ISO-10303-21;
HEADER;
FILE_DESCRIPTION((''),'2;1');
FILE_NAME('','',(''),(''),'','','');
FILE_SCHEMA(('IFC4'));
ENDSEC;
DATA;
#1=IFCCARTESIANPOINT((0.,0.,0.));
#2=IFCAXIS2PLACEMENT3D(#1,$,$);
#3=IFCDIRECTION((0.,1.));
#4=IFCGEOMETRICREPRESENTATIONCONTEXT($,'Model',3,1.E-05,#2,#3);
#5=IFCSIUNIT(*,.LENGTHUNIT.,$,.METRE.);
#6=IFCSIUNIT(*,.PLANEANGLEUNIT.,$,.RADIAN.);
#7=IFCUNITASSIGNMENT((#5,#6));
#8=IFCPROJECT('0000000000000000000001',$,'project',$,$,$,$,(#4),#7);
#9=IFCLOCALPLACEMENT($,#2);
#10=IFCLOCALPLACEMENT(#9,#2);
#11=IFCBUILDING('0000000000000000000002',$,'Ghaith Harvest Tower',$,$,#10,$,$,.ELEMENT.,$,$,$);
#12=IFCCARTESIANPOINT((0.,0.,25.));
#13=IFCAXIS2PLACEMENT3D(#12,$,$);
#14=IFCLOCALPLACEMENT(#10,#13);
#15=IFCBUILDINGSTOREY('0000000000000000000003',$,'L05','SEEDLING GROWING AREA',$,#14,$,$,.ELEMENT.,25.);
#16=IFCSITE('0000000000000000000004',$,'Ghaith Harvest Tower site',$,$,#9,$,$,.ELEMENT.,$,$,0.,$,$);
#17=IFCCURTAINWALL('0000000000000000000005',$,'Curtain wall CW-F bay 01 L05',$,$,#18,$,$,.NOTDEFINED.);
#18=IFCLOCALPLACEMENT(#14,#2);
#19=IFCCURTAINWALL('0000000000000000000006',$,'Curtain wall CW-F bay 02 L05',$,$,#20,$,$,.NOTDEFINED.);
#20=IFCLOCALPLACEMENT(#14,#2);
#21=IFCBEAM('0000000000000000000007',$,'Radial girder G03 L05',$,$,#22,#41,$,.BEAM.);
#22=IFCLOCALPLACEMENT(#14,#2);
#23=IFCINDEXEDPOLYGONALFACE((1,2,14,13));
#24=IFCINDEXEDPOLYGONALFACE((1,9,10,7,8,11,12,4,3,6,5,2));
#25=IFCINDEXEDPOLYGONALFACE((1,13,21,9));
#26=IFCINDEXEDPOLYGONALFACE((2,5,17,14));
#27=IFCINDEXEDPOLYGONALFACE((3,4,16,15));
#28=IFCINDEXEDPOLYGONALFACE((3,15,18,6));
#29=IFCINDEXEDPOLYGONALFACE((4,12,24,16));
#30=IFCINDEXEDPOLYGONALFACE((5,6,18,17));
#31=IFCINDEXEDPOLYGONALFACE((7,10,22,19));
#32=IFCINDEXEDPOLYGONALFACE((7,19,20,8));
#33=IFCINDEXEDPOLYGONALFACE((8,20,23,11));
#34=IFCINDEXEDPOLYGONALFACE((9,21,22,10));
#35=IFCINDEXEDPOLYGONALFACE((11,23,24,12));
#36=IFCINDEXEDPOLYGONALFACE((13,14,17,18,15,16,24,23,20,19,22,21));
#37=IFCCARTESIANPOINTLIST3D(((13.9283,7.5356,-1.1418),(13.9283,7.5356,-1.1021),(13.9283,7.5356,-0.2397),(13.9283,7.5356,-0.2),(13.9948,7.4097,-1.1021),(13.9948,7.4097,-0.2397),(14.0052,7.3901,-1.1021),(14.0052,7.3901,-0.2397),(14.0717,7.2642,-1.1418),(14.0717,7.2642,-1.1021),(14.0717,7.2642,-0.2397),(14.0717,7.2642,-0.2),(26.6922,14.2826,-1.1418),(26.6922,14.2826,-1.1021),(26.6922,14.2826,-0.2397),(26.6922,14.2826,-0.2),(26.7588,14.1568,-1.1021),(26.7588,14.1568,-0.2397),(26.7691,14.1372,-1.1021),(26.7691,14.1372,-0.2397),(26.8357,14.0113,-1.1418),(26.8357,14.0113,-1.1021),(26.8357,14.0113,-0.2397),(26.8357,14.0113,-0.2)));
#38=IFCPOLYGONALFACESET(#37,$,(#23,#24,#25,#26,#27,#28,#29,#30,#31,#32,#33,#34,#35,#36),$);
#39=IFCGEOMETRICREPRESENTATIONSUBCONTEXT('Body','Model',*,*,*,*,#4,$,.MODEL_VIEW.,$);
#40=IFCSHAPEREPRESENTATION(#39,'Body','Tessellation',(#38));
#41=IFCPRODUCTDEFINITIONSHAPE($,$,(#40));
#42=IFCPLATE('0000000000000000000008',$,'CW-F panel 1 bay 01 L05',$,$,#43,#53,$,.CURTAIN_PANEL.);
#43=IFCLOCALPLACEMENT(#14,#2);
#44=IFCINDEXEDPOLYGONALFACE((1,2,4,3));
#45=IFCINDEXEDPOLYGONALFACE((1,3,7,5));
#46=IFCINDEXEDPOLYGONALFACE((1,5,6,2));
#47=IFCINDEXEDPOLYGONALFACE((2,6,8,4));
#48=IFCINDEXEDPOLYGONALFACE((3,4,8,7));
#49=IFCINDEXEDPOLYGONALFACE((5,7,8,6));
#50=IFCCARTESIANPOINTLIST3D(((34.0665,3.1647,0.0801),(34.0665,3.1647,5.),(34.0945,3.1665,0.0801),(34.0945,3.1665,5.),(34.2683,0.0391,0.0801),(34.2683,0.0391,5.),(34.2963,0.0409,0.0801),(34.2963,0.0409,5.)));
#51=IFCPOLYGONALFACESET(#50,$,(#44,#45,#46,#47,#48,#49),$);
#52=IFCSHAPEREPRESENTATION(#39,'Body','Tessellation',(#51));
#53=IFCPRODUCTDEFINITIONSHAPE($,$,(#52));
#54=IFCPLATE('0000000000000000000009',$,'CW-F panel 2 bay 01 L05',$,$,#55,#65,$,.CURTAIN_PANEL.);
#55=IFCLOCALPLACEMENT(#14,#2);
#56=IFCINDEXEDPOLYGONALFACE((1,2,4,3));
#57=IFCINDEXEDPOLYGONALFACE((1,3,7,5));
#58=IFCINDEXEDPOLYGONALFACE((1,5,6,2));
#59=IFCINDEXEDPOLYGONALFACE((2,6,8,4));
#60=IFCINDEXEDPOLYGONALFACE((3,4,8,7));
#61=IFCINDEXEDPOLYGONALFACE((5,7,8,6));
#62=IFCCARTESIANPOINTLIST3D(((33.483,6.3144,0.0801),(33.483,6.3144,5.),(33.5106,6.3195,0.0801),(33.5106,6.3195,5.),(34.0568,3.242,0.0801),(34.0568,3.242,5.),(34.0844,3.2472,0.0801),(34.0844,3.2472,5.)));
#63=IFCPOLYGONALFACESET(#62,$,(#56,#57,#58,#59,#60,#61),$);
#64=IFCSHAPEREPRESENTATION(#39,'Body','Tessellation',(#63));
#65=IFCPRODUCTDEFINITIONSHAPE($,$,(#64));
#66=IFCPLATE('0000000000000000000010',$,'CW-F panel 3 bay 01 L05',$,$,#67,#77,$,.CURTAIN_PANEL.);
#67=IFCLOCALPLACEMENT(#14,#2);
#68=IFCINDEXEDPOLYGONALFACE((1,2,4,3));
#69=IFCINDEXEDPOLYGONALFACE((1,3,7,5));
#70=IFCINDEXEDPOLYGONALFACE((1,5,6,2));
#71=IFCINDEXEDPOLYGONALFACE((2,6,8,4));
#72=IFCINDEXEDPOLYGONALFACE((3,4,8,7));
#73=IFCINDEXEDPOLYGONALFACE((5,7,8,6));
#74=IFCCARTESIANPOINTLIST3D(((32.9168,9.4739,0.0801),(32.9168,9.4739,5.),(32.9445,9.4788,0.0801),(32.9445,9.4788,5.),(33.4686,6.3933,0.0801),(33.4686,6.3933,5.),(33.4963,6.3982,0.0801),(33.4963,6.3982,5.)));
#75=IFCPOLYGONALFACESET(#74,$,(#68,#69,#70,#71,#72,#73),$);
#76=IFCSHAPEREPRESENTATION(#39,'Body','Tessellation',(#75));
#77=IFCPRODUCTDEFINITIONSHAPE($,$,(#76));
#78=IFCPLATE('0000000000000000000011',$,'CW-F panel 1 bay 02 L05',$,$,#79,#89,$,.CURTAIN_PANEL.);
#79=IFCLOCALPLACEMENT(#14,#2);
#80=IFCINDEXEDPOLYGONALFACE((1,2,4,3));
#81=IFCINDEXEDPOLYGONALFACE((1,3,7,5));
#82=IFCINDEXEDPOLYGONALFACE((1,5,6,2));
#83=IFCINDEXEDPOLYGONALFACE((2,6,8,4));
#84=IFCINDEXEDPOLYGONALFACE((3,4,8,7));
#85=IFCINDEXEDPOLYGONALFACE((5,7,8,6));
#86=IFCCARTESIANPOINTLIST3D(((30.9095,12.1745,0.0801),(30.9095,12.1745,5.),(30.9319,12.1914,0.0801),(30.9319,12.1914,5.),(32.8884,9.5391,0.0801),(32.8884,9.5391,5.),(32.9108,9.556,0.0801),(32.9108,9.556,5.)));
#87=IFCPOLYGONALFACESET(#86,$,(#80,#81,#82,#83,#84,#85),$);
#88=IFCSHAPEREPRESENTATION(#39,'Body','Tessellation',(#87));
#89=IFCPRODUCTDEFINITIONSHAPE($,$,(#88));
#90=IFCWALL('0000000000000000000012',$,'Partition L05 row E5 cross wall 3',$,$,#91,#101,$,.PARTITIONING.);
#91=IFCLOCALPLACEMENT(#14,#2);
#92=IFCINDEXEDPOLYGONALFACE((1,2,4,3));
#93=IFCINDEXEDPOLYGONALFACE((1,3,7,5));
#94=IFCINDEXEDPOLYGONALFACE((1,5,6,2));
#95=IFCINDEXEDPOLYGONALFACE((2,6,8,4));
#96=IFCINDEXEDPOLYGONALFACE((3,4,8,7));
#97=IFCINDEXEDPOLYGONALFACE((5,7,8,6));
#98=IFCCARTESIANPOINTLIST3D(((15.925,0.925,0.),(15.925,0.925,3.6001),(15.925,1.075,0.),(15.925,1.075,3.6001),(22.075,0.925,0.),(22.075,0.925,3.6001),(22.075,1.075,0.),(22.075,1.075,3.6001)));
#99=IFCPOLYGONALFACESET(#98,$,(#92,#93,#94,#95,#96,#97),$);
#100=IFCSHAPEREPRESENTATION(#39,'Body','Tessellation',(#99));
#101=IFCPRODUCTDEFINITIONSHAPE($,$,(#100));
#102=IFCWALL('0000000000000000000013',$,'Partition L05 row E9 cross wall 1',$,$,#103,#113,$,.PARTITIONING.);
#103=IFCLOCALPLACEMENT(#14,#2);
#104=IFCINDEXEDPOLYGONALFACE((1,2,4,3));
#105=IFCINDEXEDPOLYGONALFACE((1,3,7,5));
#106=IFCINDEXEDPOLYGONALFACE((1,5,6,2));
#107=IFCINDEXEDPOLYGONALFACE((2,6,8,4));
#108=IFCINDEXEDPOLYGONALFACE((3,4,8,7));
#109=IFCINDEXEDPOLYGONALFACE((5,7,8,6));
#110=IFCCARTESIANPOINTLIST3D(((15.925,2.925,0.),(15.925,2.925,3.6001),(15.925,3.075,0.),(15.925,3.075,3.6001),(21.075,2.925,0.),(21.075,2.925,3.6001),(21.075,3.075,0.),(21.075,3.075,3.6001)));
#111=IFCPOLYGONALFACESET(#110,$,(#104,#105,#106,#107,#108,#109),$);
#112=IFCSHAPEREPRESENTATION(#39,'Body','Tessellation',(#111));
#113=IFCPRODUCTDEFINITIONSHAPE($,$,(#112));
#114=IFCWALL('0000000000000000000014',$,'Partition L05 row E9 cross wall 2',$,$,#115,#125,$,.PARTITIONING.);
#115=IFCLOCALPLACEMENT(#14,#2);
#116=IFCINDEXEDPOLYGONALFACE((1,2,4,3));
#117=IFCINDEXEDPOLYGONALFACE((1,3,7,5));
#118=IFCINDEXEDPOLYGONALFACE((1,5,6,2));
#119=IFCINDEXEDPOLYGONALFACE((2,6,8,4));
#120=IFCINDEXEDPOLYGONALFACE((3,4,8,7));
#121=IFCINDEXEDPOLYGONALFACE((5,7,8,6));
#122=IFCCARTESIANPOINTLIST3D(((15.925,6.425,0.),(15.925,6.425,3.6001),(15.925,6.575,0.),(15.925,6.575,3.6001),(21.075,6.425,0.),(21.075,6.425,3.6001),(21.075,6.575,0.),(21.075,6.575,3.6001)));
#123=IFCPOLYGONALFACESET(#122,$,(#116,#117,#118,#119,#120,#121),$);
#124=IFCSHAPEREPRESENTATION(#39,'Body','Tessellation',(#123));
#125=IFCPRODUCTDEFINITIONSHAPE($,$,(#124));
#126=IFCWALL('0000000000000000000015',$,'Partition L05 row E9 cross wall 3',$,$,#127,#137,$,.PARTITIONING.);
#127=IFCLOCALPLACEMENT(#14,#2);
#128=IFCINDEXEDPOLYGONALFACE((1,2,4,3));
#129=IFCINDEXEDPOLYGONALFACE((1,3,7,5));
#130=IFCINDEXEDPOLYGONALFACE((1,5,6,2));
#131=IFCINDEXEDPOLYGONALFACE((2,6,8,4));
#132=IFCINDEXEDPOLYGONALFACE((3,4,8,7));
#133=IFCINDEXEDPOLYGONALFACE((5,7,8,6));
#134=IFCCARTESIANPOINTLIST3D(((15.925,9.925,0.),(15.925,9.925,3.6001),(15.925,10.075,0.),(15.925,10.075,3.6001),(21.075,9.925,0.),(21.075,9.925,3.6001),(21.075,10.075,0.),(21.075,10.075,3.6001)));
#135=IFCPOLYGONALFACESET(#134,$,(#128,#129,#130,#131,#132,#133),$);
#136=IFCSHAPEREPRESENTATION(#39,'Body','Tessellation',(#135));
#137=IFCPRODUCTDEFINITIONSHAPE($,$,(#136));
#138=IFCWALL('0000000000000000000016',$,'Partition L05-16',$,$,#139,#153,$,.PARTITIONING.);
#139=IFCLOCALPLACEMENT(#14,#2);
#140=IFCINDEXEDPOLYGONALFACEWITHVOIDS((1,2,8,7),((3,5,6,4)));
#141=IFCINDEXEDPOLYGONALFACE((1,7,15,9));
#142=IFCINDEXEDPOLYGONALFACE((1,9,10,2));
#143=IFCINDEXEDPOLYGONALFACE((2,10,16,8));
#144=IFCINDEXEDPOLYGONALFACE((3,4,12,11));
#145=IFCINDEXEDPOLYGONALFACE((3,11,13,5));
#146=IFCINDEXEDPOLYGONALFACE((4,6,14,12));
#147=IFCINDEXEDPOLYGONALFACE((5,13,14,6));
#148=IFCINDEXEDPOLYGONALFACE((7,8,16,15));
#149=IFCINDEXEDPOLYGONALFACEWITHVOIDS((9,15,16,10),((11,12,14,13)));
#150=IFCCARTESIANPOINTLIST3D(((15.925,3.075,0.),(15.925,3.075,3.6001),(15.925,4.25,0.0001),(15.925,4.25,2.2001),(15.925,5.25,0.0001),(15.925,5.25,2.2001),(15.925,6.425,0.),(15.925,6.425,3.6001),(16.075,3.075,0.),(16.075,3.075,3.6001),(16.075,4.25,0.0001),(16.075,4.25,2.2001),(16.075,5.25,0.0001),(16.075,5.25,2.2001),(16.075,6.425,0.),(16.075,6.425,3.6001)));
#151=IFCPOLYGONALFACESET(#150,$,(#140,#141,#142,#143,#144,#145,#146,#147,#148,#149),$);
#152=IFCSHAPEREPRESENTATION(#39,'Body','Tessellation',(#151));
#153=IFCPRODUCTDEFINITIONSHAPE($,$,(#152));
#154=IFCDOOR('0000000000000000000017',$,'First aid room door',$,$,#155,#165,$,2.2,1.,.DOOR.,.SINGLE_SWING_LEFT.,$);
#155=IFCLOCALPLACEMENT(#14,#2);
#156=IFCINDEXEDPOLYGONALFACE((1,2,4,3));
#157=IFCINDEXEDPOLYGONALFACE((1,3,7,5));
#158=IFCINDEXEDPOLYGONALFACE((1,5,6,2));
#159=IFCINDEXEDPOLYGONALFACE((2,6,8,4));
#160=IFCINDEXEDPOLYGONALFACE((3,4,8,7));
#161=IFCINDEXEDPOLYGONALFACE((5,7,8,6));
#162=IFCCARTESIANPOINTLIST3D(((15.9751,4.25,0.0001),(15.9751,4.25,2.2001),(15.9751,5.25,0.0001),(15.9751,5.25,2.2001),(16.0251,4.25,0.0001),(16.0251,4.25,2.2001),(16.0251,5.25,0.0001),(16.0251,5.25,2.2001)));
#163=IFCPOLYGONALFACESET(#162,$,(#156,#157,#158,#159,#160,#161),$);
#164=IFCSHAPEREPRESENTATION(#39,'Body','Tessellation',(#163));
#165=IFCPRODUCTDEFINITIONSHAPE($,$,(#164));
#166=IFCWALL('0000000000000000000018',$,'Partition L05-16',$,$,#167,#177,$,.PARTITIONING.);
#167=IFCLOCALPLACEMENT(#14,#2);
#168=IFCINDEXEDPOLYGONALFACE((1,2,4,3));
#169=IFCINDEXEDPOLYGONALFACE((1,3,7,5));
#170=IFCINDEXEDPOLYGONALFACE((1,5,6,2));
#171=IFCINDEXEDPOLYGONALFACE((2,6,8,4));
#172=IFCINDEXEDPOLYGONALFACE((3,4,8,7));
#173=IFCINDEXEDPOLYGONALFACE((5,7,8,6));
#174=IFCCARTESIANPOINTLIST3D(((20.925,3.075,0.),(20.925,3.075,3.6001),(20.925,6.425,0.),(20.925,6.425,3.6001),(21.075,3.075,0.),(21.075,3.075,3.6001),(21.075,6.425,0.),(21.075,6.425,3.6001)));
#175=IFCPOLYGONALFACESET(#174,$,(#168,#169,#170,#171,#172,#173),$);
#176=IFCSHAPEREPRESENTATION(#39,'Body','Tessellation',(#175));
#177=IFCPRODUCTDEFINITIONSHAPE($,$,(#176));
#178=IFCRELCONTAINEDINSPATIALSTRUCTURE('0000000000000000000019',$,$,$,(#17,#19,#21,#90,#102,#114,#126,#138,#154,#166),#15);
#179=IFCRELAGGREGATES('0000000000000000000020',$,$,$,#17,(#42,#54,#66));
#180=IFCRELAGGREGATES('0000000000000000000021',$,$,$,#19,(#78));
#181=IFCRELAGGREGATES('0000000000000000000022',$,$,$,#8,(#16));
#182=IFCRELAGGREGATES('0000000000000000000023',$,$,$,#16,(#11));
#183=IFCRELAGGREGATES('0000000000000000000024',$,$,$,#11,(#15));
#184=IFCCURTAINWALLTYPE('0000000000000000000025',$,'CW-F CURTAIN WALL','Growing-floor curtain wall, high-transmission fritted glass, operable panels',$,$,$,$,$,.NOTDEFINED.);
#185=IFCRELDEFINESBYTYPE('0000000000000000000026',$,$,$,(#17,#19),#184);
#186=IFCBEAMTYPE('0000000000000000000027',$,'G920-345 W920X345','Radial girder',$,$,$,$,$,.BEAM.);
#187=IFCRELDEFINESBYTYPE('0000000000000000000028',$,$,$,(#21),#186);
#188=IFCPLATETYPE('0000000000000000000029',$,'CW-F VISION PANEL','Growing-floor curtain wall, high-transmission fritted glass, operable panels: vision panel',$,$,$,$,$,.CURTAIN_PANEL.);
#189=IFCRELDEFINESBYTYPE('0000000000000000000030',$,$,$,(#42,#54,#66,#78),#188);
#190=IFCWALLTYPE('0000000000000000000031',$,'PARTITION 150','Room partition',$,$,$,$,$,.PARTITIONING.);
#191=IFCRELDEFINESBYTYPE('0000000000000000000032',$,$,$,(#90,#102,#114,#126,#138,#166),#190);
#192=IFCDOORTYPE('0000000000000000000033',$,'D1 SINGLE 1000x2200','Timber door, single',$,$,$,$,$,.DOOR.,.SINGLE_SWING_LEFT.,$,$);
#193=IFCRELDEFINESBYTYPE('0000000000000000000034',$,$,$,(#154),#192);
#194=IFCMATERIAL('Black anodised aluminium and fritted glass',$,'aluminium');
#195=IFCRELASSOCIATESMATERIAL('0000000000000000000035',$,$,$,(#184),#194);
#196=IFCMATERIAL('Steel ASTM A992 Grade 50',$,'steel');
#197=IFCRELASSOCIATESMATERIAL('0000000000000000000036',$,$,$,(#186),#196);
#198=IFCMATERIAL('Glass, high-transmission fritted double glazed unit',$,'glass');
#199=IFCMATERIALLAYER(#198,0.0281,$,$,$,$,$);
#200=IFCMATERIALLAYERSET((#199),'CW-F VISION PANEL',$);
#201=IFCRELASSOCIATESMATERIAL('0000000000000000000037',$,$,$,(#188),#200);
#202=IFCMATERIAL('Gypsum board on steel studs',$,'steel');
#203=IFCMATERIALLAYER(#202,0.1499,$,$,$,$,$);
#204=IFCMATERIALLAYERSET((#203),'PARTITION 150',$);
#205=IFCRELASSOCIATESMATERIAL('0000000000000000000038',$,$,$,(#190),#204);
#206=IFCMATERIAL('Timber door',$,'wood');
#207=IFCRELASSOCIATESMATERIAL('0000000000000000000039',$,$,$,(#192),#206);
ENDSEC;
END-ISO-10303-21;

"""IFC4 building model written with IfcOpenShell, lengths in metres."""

from ifc_helpers import new_model, si_unit, direction, frame, frame_2d, origin, origin_2d, place, context, subcontext, project, spatial, rectangle, i_section, extrude, material, layer, layer_set, material_profile, profile_set, type_object, element, fill, aggregate, save


model = new_model("IFC4")

# Units and contexts
model_context = context("Model", 3, precision=1e-05, world=origin(), true_north=direction((0.0, 1.0)))
body_context = subcontext(model_context, "Body", "Model", "MODEL_VIEW")
ifc_project = project(units=[si_unit("LENGTHUNIT", "METRE"), si_unit("PLANEANGLEUNIT", "RADIAN")], contexts=[model_context])

# Site, building, storey
site_placement = place(None, origin())
site = spatial("IfcSite", under=ifc_project, at=site_placement, Name="Ghaith Harvest Tower site", CompositionType="ELEMENT", RefElevation=0.0)
building_placement = place(site_placement, origin())
building = spatial("IfcBuilding", under=site, at=building_placement, Name="Ghaith Harvest Tower", CompositionType="ELEMENT")
storey_placement = place(building_placement, frame((0.0, 0.0, 25.0)))
storey = spatial("IfcBuildingStorey", under=building, at=storey_placement, Name="L05", Description="SEEDLING GROWING AREA", CompositionType="ELEMENT", Elevation=25.0)

# Curtain wall
ifc_material_1 = material(Name="Black anodised aluminium and fritted glass", Category="aluminium")
curtain_wall_type = type_object("IfcCurtainWallType", Name="CW-F CURTAIN WALL", Description="Growing-floor curtain wall, high-transmission fritted glass, operable panels", PredefinedType="NOTDEFINED", material=ifc_material_1)
curtain_wall_1_placement = place(storey_placement, origin())
curtain_wall_1 = element("IfcCurtainWall", 1, at=curtain_wall_1_placement, inside=storey, type_object=curtain_wall_type, Name="Curtain wall CW-F bay 01 L05", PredefinedType="NOTDEFINED")

# Curtain wall
curtain_wall_2_placement = place(storey_placement, origin())
curtain_wall_2 = element("IfcCurtainWall", 2, at=curtain_wall_2_placement, inside=storey, type_object=curtain_wall_type, Name="Curtain wall CW-F bay 02 L05", PredefinedType="NOTDEFINED")

# Beam
ifc_material_2 = material(Name="Steel ASTM A992 Grade 50", Category="steel")
ifc_material_profile_1 = material_profile(ifc_material_2, i_section(OverallWidth=0.3069, OverallDepth=0.9419, WebThickness=0.0222, FlangeThickness=0.0398, at=origin_2d()), Name="W920X345")
ifc_profile_set_1 = profile_set([ifc_material_profile_1], Name="Steel ASTM A992 Grade 50")
beam_type_1 = type_object("IfcBeamType", Name="G920-345 W920X345", Description="Radial girder", PredefinedType="BEAM", material=ifc_profile_set_1)
beam_1_placement = place(storey_placement, frame((14.0, 7.3999, -0.6709), z_axis=(0.884083, 0.467331, 0.0), x_axis=(-0.467331, 0.884083, 0.0)))
element("IfcBeam", 3, at=beam_1_placement, inside=storey, type_object=beam_type_1, Name="Radial girder G03 L05", PredefinedType="BEAM", context=body_context, shape_type="SweptSolid", body=[
    extrude(i_section(OverallWidth=0.3069, OverallDepth=0.9419, WebThickness=0.0222, FlangeThickness=0.0398, at=origin_2d()), origin(), (0.0, 0.0, 1.0), 14.4375),
])

# Plates
ifc_material_3 = material(Name="Glass, high-transmission fritted double glazed unit", Category="glass")
ifc_layer_1 = layer(ifc_material_3, 0.0281)
ifc_layer_set_1 = layer_set([ifc_layer_1], Name="CW-F VISION PANEL")
plate_type = type_object("IfcPlateType", Name="CW-F VISION PANEL", Description="Growing-floor curtain wall, high-transmission fritted glass, operable panels: vision panel", PredefinedType="CURTAIN_PANEL", material=ifc_layer_set_1)
plate_1_placement = place(storey_placement, frame((34.1814, 1.6028, 0.0801), z_axis=(0.0, 0.0, 1.0), x_axis=(-0.064446, 0.997921, 0.0)))
plate_1 = element("IfcPlate", 4, at=plate_1_placement, type_object=plate_type, Name="CW-F panel 1 bay 01 L05", PredefinedType="CURTAIN_PANEL", context=body_context, shape_type="SweptSolid", body=[
    extrude(rectangle(XDim=3.1321, YDim=0.0281, at=origin_2d()), origin(), (0.0, 0.0, 1.0), 4.9199),
])
plate_2_placement = place(storey_placement, frame((33.7837, 4.7808, 0.0801), z_axis=(0.0, 0.0, 1.0), x_axis=(-0.183569, 0.983007, 0.0)))
plate_2 = element("IfcPlate", 5, at=plate_2_placement, type_object=plate_type, Name="CW-F panel 2 bay 01 L05", PredefinedType="CURTAIN_PANEL", context=body_context, shape_type="SweptSolid", body=[
    extrude(rectangle(XDim=3.1255, YDim=0.0281, at=origin_2d()), origin(), (0.0, 0.0, 1.0), 4.9199),
])
plate_3_placement = place(storey_placement, frame((33.2065, 7.936, 0.0801), z_axis=(0.0, 0.0, 1.0), x_axis=(-0.17632, 0.984333, 0.0)))
plate_3 = element("IfcPlate", 6, at=plate_3_placement, type_object=plate_type, Name="CW-F panel 3 bay 01 L05", PredefinedType="CURTAIN_PANEL", context=body_context, shape_type="SweptSolid", body=[
    extrude(rectangle(XDim=3.1296, YDim=0.0281, at=origin_2d()), origin(), (0.0, 0.0, 1.0), 4.9199),
])
aggregate(curtain_wall_1, [plate_1, plate_2, plate_3])
plate_4_placement = place(storey_placement, frame((31.9102, 10.8652, 0.0801), z_axis=(0.0, 0.0, 1.0), x_axis=(-0.600454, 0.799659, 0.0)))
plate_4 = element("IfcPlate", 7, at=plate_4_placement, type_object=plate_type, Name="CW-F panel 1 bay 02 L05", PredefinedType="CURTAIN_PANEL", context=body_context, shape_type="SweptSolid", body=[
    extrude(rectangle(XDim=3.2957, YDim=0.0281, at=origin_2d()), origin(), (0.0, 0.0, 1.0), 4.9199),
])
aggregate(curtain_wall_2, [plate_4])

# Walls
ifc_material_4 = material(Name="Gypsum board on steel studs", Category="steel")
ifc_layer_2 = layer(ifc_material_4, 0.1499)
ifc_layer_set_2 = layer_set([ifc_layer_2], Name="PARTITION 150")
wall_type_1 = type_object("IfcWallType", Name="PARTITION 150", Description="Room partition", PredefinedType="PARTITIONING", material=ifc_layer_set_2)
wall_1_placement = place(storey_placement, frame((15.925, 1.0, 0.0), z_axis=(0.0, 0.0, 1.0), x_axis=(1.0, 0.0, 0.0)))
element("IfcWall", 8, at=wall_1_placement, inside=storey, type_object=wall_type_1, Name="Partition L05 row E5 cross wall 3", PredefinedType="PARTITIONING", context=body_context, shape_type="SweptSolid", body=[
    extrude(rectangle(XDim=6.1499, YDim=0.1499, at=frame_2d((3.075, 0.0))), origin(), (0.0, 0.0, 1.0), 3.6001),
])
for number, where, z_axis, x_axis, name in (
    (9, (15.925, 3.0, 0.0), (0.0, 0.0, 1.0), (1.0, 0.0, 0.0), "Partition L05 row E9 cross wall 1"),
    (10, (15.925, 6.5, 0.0), (0.0, 0.0, 1.0), (1.0, 0.0, 0.0), "Partition L05 row E9 cross wall 2"),
    (11, (15.925, 10.0, 0.0), (0.0, 0.0, 1.0), (1.0, 0.0, 0.0), "Partition L05 row E9 cross wall 3"),
):
    element("IfcWall", number, at=place(storey_placement, frame(where, z_axis=z_axis, x_axis=x_axis)), inside=storey, type_object=wall_type_1, Name=name, PredefinedType="PARTITIONING", context=body_context, shape_type="SweptSolid", body=[
        extrude(rectangle(XDim=5.1499, YDim=0.1499, at=frame_2d((2.575, 0.0))), origin(), (0.0, 0.0, 1.0), 3.6001),
    ])

# Wall, opening, door
wall_2_placement = place(storey_placement, frame((16.0, 3.075, 0.0), z_axis=(0.0, 0.0, 1.0), x_axis=(0.0, 1.0, 0.0)))
wall_2 = element("IfcWall", 12, at=wall_2_placement, inside=storey, type_object=wall_type_1, Name="Partition L05-16", PredefinedType="PARTITIONING", context=body_context, shape_type="SweptSolid", body=[
    extrude(rectangle(XDim=3.3501, YDim=0.1499, at=frame_2d((1.675, 0.0))), origin(), (0.0, 0.0, 1.0), 3.6001),
])
opening_1_placement = place(wall_2_placement, frame((1.175, 0.0, 0.0)))
opening_1 = element("IfcOpeningElement", 13, at=opening_1_placement, cuts=wall_2, PredefinedType="OPENING", context=body_context, shape_type="SweptSolid", body=[
    extrude(rectangle(XDim=1.0, YDim=2.2, at=frame_2d((0.5, 1.1001))), frame((0.0, 0.085, 0.0), z_axis=(0.0, -1.0, 0.0), x_axis=(1.0, 0.0, 0.0)), (0.0, 0.0, 1.0), 0.1699),
])
ifc_material_5 = material(Name="Timber door", Category="wood")
door_type_1 = type_object("IfcDoorType", Name="D1 SINGLE 1000x2200", Description="Timber door, single", OperationType="SINGLE_SWING_LEFT", PredefinedType="DOOR", material=ifc_material_5)
door_1_placement = place(opening_1_placement, origin())
door_1 = element("IfcDoor", 14, at=door_1_placement, inside=storey, type_object=door_type_1, Name="First aid room door", OperationType="SINGLE_SWING_LEFT", OverallHeight=2.2, OverallWidth=1.0, PredefinedType="DOOR", context=body_context, shape_type="SweptSolid", body=[
    extrude(rectangle(XDim=1.0, YDim=2.2, at=frame_2d((0.5, 1.1001))), frame((0.0, 0.0249, 0.0), z_axis=(0.0, -1.0, 0.0), x_axis=(1.0, 0.0, 0.0)), (0.0, 0.0, 1.0), 0.05),
])
fill(opening_1, door_1)

# Wall
wall_3_placement = place(storey_placement, frame((21.0, 3.075, 0.0), z_axis=(0.0, 0.0, 1.0), x_axis=(0.0, 1.0, 0.0)))
element("IfcWall", 15, at=wall_3_placement, inside=storey, type_object=wall_type_1, Name="Partition L05-16", PredefinedType="PARTITIONING", context=body_context, shape_type="SweptSolid", body=[
    extrude(rectangle(XDim=3.3501, YDim=0.1499, at=frame_2d((1.675, 0.0))), origin(), (0.0, 0.0, 1.0), 3.6001),
])

save(model, "model.ifc")
